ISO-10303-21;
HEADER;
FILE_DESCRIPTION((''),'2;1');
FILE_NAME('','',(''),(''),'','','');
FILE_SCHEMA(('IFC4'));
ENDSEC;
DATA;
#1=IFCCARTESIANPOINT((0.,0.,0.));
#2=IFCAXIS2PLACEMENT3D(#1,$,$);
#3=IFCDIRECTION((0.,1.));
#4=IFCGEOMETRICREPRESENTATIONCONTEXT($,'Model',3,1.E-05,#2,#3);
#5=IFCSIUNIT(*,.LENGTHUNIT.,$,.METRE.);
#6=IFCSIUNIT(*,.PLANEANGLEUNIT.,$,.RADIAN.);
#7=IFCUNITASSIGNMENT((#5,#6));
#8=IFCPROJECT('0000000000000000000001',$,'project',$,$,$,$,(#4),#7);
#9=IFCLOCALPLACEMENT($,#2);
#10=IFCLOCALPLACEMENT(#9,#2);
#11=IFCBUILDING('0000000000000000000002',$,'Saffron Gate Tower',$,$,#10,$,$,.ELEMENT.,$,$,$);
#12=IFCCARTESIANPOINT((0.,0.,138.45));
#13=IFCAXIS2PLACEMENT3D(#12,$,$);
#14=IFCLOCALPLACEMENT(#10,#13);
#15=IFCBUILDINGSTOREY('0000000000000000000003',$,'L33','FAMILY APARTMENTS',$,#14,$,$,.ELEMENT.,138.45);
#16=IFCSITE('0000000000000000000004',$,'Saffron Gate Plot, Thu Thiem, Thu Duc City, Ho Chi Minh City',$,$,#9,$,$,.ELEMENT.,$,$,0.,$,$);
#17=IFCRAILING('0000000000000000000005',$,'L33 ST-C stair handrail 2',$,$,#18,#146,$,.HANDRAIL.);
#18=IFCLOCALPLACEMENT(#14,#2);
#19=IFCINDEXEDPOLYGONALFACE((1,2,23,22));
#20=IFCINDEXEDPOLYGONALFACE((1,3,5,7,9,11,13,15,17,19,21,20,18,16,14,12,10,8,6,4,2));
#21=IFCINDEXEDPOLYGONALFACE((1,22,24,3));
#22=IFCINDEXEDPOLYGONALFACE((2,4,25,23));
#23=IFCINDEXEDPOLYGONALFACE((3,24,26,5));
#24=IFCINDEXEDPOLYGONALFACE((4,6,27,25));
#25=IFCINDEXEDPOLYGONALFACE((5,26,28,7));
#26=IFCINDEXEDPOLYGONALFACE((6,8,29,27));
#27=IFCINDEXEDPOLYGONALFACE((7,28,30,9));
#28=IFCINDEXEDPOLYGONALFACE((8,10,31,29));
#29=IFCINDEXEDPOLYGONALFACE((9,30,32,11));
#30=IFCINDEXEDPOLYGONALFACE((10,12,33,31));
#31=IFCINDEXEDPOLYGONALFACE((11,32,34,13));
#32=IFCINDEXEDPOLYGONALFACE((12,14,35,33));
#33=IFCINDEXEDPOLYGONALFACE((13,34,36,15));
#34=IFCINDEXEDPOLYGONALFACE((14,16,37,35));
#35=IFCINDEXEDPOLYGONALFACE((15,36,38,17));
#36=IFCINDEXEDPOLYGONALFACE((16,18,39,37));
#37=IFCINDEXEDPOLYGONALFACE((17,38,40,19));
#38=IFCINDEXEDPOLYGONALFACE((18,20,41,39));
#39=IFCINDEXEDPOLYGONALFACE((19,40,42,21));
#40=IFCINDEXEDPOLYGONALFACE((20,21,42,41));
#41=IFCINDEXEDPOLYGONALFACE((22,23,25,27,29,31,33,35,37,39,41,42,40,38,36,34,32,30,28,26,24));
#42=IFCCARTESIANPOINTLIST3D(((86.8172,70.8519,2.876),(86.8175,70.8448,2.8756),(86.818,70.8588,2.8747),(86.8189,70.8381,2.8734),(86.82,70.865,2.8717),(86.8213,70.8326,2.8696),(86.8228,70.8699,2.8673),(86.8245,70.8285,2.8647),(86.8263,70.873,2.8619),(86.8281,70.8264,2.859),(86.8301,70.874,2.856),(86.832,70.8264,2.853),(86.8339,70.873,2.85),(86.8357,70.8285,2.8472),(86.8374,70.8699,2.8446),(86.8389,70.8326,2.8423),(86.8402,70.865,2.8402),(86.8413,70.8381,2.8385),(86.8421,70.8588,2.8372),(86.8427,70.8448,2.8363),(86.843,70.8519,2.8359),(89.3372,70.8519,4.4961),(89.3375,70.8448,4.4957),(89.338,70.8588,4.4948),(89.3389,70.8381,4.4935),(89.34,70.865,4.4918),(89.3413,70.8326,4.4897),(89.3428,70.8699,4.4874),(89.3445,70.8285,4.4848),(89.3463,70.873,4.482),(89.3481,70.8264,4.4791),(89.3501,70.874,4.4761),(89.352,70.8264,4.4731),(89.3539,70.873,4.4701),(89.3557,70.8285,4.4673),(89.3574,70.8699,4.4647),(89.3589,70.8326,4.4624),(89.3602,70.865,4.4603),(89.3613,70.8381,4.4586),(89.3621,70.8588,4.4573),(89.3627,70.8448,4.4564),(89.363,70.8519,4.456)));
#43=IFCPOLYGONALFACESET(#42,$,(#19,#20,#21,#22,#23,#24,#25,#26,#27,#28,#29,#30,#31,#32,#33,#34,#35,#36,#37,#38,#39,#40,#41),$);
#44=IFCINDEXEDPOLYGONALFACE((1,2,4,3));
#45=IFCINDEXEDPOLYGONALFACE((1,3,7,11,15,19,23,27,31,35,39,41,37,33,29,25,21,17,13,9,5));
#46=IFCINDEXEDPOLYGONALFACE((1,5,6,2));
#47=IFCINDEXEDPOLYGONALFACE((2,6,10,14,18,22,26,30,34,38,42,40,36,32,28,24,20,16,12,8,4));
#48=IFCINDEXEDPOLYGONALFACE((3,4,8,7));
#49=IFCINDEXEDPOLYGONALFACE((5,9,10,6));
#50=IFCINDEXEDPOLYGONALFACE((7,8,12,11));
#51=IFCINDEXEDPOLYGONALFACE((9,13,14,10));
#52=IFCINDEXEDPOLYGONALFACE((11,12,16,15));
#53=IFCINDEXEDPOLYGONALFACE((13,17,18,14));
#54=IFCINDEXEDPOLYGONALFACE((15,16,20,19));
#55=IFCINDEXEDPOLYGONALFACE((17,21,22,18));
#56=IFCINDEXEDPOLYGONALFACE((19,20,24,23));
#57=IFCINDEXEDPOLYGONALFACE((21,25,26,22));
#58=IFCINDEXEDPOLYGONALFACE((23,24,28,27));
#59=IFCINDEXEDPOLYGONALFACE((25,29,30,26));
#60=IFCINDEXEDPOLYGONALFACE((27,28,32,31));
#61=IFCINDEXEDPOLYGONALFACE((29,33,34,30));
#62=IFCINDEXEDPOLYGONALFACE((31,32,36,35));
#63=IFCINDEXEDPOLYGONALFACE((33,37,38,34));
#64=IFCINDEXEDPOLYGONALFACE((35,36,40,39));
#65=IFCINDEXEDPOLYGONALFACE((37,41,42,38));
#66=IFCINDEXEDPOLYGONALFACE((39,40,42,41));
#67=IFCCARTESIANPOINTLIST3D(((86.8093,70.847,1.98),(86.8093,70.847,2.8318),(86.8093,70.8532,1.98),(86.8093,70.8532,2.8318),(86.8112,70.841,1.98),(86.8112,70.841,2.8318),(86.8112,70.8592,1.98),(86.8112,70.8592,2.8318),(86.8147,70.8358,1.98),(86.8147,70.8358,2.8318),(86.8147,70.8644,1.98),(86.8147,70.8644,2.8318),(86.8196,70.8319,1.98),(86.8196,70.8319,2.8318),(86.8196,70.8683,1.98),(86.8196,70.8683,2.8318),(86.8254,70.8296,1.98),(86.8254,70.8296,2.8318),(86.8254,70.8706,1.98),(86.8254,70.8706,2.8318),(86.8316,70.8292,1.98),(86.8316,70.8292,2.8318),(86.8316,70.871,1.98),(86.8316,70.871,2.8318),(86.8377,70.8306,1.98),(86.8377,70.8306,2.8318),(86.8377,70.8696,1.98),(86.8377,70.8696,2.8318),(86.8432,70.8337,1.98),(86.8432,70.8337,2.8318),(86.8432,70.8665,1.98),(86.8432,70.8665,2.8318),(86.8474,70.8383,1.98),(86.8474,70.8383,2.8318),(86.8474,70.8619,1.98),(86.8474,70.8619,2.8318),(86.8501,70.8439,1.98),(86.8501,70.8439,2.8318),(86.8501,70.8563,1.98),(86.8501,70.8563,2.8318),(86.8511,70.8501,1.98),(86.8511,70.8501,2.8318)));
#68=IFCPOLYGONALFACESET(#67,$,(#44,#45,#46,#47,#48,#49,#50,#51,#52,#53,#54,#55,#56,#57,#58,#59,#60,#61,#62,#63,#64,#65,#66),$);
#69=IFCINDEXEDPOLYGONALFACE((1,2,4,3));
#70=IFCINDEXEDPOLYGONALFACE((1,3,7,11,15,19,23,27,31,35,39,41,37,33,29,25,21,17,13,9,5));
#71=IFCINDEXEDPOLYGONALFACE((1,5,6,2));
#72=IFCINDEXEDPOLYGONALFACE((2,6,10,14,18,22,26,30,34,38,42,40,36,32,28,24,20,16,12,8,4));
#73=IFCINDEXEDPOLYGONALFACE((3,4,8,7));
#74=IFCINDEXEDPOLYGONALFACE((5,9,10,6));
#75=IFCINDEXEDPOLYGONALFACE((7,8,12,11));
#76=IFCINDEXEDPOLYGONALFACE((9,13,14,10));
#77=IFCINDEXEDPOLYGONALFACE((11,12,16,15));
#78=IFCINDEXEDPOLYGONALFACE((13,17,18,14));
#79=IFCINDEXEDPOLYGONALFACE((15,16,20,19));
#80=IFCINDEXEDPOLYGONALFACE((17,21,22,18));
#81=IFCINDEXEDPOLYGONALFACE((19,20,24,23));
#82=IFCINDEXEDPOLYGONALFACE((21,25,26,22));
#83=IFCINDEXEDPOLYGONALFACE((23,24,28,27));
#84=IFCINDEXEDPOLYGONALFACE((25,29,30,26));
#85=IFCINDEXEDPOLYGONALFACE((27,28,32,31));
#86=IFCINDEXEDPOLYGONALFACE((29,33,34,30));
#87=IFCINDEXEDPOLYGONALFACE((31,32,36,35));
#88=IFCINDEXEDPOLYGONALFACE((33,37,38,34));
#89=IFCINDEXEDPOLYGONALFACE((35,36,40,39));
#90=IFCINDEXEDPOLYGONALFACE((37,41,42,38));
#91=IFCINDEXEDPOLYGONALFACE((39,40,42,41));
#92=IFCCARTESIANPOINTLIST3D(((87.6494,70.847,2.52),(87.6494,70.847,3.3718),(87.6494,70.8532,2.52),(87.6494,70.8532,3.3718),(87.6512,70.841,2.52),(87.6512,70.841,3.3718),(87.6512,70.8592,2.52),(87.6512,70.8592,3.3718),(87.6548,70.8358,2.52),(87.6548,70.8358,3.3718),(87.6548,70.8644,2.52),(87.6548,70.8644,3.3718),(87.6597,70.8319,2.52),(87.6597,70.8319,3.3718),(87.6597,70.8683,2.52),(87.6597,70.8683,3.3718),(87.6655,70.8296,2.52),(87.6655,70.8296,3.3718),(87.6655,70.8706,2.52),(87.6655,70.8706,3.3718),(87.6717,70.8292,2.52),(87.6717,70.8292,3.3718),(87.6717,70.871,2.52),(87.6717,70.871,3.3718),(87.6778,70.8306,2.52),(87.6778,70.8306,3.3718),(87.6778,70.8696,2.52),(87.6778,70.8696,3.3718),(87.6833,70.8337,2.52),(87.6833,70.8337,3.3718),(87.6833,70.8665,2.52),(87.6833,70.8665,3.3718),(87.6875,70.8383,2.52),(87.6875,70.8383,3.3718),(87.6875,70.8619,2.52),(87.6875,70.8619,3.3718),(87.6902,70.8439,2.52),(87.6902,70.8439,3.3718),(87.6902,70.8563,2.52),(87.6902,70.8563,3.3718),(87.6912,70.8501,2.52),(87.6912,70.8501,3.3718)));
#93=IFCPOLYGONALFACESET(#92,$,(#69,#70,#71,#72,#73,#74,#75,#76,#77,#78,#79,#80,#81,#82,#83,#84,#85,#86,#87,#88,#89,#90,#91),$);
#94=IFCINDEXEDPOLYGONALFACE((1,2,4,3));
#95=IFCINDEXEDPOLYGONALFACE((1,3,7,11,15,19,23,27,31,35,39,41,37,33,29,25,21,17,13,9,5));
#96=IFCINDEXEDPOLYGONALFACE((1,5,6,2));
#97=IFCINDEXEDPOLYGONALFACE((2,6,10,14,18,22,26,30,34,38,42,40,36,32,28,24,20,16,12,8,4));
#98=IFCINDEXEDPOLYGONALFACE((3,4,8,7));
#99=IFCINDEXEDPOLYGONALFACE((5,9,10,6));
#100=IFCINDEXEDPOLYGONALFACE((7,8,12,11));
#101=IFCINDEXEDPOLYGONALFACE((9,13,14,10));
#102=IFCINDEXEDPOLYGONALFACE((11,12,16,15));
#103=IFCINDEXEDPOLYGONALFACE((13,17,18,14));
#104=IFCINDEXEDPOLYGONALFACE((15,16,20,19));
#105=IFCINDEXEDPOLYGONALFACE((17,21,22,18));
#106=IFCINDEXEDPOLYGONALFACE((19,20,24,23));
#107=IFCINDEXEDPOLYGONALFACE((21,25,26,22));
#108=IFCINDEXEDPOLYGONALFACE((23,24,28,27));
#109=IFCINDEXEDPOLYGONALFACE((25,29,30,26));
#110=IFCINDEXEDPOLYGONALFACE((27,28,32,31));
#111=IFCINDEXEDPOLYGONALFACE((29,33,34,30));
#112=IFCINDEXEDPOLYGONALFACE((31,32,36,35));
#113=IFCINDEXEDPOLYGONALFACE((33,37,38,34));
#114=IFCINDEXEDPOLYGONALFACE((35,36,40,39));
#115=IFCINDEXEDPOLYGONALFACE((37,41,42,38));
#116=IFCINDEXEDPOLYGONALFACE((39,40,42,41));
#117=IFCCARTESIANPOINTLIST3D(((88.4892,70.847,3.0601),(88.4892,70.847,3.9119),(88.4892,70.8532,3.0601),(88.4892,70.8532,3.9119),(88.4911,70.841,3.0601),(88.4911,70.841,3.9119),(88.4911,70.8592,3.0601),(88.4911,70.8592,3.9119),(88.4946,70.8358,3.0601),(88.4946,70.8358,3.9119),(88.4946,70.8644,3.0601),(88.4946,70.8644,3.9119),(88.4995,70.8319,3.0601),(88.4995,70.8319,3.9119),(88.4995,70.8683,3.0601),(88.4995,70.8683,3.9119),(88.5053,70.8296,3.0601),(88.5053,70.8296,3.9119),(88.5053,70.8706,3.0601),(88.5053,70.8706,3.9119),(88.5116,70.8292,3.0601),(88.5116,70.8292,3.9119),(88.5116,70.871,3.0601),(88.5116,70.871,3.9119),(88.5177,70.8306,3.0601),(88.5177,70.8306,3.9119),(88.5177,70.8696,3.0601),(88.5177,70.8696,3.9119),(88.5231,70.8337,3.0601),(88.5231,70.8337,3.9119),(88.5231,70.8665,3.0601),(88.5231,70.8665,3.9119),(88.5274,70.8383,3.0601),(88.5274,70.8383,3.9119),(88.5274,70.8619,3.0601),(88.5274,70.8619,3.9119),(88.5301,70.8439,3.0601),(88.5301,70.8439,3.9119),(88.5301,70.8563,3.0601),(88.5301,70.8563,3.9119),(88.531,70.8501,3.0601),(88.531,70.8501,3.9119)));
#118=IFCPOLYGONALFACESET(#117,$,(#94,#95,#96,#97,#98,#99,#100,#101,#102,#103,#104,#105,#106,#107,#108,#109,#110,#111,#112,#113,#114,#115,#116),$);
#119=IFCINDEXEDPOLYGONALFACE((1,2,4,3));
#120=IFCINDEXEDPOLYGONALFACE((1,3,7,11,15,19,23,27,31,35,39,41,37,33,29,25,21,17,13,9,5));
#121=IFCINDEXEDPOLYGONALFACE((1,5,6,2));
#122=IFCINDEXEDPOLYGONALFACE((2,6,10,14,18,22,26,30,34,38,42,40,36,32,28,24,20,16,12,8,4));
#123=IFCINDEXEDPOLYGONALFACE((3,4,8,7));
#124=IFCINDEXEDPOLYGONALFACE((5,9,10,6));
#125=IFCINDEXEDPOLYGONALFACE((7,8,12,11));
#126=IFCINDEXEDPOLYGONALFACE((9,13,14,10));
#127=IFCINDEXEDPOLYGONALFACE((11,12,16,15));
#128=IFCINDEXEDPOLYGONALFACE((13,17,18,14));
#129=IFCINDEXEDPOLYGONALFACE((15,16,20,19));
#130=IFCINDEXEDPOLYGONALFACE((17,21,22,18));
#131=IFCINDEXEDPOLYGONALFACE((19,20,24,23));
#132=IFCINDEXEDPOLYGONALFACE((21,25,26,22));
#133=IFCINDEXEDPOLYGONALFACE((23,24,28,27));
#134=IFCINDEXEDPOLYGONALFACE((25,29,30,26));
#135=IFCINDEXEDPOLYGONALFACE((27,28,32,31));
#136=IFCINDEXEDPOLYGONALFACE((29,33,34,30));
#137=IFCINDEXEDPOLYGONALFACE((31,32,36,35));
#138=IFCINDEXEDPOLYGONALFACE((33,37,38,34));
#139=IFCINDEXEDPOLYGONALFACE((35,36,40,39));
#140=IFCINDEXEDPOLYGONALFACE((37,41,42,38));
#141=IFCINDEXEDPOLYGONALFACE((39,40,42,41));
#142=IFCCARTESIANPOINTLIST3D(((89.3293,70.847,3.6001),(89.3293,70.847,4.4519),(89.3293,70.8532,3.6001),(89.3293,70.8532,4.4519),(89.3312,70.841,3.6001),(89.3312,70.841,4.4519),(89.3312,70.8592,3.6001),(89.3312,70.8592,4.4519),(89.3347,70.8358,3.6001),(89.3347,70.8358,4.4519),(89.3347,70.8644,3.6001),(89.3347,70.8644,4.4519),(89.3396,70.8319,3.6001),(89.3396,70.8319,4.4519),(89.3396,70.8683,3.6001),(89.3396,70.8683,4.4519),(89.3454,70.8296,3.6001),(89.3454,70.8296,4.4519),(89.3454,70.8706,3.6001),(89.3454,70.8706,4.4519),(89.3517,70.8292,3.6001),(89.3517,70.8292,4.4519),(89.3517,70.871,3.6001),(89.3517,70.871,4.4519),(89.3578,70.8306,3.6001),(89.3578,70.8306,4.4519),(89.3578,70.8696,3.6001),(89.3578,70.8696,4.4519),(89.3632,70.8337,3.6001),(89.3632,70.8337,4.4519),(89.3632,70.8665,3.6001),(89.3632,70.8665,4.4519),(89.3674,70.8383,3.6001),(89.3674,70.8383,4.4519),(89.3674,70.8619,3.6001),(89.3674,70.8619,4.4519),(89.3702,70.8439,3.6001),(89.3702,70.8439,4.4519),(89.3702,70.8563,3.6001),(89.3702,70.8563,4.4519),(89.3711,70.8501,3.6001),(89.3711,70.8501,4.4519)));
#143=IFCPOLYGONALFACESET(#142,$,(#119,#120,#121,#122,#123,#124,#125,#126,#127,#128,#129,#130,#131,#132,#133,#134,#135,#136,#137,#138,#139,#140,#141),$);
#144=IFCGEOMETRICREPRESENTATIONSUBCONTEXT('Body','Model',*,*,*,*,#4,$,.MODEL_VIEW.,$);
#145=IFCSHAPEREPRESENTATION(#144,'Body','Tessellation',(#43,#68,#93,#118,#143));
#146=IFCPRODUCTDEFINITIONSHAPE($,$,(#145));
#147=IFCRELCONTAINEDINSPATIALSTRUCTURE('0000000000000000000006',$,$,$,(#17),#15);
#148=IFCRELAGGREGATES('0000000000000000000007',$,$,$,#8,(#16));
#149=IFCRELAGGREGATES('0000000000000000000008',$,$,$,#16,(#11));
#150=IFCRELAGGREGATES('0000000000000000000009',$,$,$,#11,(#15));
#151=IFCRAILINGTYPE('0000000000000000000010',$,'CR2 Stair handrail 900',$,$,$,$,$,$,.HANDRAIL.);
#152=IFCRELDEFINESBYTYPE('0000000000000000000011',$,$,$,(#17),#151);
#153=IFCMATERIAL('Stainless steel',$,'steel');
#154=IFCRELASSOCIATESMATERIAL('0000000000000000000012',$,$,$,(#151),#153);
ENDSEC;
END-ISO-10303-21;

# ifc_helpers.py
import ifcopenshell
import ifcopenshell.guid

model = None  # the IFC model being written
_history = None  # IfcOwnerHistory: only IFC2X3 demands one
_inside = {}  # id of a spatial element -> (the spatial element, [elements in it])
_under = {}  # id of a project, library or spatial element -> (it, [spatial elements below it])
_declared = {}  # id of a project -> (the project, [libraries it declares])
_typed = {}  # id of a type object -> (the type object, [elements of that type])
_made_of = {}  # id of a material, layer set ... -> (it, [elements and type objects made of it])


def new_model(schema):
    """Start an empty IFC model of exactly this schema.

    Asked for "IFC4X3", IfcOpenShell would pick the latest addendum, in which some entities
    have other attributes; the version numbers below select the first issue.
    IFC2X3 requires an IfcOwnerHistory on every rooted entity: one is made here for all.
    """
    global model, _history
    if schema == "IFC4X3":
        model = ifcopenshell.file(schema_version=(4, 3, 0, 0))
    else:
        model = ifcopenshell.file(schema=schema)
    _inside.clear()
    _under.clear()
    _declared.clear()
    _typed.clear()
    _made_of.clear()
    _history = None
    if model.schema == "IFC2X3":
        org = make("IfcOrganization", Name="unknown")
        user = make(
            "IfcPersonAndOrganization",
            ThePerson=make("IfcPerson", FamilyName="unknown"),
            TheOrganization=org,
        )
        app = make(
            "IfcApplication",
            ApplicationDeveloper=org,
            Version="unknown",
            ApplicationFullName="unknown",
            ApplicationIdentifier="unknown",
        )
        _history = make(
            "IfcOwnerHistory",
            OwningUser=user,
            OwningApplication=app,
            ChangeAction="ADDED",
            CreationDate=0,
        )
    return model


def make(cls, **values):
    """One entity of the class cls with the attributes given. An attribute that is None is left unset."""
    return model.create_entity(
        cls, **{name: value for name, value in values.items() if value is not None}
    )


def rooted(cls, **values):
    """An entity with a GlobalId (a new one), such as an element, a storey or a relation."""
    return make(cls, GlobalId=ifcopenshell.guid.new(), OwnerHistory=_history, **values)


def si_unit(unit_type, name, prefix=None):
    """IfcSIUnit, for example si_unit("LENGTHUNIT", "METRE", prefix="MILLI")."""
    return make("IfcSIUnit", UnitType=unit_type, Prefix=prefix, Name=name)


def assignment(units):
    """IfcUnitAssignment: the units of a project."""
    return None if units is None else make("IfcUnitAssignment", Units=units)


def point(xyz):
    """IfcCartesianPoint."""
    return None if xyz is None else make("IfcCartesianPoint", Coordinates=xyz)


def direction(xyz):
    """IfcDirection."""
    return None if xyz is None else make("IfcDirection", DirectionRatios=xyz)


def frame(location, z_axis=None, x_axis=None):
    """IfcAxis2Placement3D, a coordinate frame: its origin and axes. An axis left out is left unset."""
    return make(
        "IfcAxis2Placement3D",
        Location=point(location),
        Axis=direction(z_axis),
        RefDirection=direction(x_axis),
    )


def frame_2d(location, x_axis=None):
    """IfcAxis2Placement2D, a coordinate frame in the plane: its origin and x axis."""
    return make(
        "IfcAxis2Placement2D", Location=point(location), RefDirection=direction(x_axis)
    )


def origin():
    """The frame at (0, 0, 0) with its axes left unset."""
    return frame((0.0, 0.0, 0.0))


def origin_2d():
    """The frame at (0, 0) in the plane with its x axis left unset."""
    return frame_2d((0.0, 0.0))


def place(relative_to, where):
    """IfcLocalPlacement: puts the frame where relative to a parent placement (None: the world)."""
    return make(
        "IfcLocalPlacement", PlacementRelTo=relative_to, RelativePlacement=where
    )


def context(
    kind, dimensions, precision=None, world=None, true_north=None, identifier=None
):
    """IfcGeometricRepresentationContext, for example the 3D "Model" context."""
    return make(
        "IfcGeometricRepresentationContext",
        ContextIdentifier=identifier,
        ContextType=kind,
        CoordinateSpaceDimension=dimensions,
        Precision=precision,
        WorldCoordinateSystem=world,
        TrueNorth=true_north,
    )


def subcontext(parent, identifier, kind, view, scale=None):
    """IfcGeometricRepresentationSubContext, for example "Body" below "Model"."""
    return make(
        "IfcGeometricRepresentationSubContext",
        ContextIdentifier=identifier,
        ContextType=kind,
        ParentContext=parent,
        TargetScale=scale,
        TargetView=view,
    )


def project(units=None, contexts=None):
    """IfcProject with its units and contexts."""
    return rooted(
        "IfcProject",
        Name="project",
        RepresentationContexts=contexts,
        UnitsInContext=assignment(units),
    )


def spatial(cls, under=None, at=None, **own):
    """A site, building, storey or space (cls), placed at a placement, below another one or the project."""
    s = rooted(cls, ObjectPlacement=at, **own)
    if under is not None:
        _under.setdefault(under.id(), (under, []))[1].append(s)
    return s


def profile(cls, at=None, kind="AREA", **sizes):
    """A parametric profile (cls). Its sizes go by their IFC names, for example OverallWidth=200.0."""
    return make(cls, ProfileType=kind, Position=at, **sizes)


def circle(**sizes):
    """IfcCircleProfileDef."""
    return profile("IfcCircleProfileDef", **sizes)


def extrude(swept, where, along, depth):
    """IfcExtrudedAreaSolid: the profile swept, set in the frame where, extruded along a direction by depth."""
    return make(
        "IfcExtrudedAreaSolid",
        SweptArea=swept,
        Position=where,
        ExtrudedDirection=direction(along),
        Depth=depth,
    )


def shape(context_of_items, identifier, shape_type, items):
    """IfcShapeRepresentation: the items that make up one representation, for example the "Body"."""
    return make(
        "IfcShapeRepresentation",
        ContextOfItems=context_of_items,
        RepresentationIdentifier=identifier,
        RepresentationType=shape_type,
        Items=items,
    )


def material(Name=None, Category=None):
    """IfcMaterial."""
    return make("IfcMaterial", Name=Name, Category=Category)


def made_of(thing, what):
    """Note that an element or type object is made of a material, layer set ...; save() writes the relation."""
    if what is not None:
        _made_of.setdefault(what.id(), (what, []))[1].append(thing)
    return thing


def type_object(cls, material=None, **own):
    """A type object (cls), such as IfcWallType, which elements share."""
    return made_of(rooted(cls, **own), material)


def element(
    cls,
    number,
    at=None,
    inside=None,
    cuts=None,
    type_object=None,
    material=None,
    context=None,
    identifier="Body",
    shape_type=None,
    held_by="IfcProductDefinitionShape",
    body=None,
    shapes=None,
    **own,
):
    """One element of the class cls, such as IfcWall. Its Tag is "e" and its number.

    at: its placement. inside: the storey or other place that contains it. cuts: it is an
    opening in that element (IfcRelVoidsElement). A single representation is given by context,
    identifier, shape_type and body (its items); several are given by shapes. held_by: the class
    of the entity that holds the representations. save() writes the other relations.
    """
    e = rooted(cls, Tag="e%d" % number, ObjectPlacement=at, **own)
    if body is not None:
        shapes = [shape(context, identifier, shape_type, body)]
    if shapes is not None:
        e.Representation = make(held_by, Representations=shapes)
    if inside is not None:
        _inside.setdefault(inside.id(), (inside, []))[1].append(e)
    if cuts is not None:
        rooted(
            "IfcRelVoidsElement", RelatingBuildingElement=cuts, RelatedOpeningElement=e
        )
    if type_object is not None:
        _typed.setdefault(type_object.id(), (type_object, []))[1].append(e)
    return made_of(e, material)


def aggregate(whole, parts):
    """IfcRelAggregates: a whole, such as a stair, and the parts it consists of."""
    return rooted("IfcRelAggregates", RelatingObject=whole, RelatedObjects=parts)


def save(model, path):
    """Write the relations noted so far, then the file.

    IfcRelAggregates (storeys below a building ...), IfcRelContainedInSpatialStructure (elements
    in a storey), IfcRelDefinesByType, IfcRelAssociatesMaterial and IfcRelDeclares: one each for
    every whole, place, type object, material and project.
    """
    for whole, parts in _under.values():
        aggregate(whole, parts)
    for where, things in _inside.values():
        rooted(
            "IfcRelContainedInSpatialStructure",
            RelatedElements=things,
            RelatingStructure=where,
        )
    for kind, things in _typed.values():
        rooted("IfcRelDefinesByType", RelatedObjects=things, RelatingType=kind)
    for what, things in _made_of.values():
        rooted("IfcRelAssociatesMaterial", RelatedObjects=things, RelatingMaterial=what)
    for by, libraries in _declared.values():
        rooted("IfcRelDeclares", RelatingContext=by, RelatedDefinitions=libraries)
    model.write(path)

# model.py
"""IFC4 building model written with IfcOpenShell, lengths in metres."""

from ifc_helpers import new_model, si_unit, direction, frame, origin, origin_2d, place, context, subcontext, project, spatial, circle, extrude, material, type_object, element, save


model = new_model("IFC4")

# Units and contexts
model_context = context("Model", 3, precision=1e-05, world=origin(), true_north=direction((0.0, 1.0)))
body_context = subcontext(model_context, "Body", "Model", "MODEL_VIEW")
ifc_project = project(units=[si_unit("LENGTHUNIT", "METRE"), si_unit("PLANEANGLEUNIT", "RADIAN")], contexts=[model_context])

# Site, building, storey
site_placement = place(None, origin())
site = spatial("IfcSite", under=ifc_project, at=site_placement, Name="Saffron Gate Plot, Thu Thiem, Thu Duc City, Ho Chi Minh City", CompositionType="ELEMENT", RefElevation=0.0)
building_placement = place(site_placement, origin())
building = spatial("IfcBuilding", under=site, at=building_placement, Name="Saffron Gate Tower", CompositionType="ELEMENT")
storey_placement = place(building_placement, frame((0.0, 0.0, 138.45)))
storey = spatial("IfcBuildingStorey", under=building, at=storey_placement, Name="L33", Description="FAMILY APARTMENTS", CompositionType="ELEMENT", Elevation=138.45)

# Railing
ifc_material_1 = material(Name="Stainless steel", Category="steel")
railing_type_1 = type_object("IfcRailingType", Name="CR2 Stair handrail 900", PredefinedType="HANDRAIL", material=ifc_material_1)
railing_1_placement = place(storey_placement, frame((86.8301, 70.8501, 1.98)))
element("IfcRailing", 1, at=railing_1_placement, inside=storey, type_object=railing_type_1, Name="L33 ST-C stair handrail 2", PredefinedType="HANDRAIL", context=body_context, shape_type="SweptSolid", body=[
    extrude(circle(Radius=0.0239, at=origin_2d()), frame((0.0, 0.0, 0.876), z_axis=(0.841163, 0.0, 0.540782), x_axis=(0.0, 1.0, 0.0)), (0.0, 0.0, 1.0), 2.9958),
    extrude(circle(Radius=0.021, at=origin_2d()), origin(), (0.0, 0.0, 1.0), 0.8518),
    extrude(circle(Radius=0.021, at=origin_2d()), frame((0.8401, 0.0, 0.54)), (0.0, 0.0, 1.0), 0.8518),
    extrude(circle(Radius=0.021, at=origin_2d()), frame((1.6799, 0.0, 1.0801)), (0.0, 0.0, 1.0), 0.8518),
    extrude(circle(Radius=0.021, at=origin_2d()), frame((2.52, 0.0, 1.6201)), (0.0, 0.0, 1.0), 0.8518),
])

save(model, "model.ifc")
